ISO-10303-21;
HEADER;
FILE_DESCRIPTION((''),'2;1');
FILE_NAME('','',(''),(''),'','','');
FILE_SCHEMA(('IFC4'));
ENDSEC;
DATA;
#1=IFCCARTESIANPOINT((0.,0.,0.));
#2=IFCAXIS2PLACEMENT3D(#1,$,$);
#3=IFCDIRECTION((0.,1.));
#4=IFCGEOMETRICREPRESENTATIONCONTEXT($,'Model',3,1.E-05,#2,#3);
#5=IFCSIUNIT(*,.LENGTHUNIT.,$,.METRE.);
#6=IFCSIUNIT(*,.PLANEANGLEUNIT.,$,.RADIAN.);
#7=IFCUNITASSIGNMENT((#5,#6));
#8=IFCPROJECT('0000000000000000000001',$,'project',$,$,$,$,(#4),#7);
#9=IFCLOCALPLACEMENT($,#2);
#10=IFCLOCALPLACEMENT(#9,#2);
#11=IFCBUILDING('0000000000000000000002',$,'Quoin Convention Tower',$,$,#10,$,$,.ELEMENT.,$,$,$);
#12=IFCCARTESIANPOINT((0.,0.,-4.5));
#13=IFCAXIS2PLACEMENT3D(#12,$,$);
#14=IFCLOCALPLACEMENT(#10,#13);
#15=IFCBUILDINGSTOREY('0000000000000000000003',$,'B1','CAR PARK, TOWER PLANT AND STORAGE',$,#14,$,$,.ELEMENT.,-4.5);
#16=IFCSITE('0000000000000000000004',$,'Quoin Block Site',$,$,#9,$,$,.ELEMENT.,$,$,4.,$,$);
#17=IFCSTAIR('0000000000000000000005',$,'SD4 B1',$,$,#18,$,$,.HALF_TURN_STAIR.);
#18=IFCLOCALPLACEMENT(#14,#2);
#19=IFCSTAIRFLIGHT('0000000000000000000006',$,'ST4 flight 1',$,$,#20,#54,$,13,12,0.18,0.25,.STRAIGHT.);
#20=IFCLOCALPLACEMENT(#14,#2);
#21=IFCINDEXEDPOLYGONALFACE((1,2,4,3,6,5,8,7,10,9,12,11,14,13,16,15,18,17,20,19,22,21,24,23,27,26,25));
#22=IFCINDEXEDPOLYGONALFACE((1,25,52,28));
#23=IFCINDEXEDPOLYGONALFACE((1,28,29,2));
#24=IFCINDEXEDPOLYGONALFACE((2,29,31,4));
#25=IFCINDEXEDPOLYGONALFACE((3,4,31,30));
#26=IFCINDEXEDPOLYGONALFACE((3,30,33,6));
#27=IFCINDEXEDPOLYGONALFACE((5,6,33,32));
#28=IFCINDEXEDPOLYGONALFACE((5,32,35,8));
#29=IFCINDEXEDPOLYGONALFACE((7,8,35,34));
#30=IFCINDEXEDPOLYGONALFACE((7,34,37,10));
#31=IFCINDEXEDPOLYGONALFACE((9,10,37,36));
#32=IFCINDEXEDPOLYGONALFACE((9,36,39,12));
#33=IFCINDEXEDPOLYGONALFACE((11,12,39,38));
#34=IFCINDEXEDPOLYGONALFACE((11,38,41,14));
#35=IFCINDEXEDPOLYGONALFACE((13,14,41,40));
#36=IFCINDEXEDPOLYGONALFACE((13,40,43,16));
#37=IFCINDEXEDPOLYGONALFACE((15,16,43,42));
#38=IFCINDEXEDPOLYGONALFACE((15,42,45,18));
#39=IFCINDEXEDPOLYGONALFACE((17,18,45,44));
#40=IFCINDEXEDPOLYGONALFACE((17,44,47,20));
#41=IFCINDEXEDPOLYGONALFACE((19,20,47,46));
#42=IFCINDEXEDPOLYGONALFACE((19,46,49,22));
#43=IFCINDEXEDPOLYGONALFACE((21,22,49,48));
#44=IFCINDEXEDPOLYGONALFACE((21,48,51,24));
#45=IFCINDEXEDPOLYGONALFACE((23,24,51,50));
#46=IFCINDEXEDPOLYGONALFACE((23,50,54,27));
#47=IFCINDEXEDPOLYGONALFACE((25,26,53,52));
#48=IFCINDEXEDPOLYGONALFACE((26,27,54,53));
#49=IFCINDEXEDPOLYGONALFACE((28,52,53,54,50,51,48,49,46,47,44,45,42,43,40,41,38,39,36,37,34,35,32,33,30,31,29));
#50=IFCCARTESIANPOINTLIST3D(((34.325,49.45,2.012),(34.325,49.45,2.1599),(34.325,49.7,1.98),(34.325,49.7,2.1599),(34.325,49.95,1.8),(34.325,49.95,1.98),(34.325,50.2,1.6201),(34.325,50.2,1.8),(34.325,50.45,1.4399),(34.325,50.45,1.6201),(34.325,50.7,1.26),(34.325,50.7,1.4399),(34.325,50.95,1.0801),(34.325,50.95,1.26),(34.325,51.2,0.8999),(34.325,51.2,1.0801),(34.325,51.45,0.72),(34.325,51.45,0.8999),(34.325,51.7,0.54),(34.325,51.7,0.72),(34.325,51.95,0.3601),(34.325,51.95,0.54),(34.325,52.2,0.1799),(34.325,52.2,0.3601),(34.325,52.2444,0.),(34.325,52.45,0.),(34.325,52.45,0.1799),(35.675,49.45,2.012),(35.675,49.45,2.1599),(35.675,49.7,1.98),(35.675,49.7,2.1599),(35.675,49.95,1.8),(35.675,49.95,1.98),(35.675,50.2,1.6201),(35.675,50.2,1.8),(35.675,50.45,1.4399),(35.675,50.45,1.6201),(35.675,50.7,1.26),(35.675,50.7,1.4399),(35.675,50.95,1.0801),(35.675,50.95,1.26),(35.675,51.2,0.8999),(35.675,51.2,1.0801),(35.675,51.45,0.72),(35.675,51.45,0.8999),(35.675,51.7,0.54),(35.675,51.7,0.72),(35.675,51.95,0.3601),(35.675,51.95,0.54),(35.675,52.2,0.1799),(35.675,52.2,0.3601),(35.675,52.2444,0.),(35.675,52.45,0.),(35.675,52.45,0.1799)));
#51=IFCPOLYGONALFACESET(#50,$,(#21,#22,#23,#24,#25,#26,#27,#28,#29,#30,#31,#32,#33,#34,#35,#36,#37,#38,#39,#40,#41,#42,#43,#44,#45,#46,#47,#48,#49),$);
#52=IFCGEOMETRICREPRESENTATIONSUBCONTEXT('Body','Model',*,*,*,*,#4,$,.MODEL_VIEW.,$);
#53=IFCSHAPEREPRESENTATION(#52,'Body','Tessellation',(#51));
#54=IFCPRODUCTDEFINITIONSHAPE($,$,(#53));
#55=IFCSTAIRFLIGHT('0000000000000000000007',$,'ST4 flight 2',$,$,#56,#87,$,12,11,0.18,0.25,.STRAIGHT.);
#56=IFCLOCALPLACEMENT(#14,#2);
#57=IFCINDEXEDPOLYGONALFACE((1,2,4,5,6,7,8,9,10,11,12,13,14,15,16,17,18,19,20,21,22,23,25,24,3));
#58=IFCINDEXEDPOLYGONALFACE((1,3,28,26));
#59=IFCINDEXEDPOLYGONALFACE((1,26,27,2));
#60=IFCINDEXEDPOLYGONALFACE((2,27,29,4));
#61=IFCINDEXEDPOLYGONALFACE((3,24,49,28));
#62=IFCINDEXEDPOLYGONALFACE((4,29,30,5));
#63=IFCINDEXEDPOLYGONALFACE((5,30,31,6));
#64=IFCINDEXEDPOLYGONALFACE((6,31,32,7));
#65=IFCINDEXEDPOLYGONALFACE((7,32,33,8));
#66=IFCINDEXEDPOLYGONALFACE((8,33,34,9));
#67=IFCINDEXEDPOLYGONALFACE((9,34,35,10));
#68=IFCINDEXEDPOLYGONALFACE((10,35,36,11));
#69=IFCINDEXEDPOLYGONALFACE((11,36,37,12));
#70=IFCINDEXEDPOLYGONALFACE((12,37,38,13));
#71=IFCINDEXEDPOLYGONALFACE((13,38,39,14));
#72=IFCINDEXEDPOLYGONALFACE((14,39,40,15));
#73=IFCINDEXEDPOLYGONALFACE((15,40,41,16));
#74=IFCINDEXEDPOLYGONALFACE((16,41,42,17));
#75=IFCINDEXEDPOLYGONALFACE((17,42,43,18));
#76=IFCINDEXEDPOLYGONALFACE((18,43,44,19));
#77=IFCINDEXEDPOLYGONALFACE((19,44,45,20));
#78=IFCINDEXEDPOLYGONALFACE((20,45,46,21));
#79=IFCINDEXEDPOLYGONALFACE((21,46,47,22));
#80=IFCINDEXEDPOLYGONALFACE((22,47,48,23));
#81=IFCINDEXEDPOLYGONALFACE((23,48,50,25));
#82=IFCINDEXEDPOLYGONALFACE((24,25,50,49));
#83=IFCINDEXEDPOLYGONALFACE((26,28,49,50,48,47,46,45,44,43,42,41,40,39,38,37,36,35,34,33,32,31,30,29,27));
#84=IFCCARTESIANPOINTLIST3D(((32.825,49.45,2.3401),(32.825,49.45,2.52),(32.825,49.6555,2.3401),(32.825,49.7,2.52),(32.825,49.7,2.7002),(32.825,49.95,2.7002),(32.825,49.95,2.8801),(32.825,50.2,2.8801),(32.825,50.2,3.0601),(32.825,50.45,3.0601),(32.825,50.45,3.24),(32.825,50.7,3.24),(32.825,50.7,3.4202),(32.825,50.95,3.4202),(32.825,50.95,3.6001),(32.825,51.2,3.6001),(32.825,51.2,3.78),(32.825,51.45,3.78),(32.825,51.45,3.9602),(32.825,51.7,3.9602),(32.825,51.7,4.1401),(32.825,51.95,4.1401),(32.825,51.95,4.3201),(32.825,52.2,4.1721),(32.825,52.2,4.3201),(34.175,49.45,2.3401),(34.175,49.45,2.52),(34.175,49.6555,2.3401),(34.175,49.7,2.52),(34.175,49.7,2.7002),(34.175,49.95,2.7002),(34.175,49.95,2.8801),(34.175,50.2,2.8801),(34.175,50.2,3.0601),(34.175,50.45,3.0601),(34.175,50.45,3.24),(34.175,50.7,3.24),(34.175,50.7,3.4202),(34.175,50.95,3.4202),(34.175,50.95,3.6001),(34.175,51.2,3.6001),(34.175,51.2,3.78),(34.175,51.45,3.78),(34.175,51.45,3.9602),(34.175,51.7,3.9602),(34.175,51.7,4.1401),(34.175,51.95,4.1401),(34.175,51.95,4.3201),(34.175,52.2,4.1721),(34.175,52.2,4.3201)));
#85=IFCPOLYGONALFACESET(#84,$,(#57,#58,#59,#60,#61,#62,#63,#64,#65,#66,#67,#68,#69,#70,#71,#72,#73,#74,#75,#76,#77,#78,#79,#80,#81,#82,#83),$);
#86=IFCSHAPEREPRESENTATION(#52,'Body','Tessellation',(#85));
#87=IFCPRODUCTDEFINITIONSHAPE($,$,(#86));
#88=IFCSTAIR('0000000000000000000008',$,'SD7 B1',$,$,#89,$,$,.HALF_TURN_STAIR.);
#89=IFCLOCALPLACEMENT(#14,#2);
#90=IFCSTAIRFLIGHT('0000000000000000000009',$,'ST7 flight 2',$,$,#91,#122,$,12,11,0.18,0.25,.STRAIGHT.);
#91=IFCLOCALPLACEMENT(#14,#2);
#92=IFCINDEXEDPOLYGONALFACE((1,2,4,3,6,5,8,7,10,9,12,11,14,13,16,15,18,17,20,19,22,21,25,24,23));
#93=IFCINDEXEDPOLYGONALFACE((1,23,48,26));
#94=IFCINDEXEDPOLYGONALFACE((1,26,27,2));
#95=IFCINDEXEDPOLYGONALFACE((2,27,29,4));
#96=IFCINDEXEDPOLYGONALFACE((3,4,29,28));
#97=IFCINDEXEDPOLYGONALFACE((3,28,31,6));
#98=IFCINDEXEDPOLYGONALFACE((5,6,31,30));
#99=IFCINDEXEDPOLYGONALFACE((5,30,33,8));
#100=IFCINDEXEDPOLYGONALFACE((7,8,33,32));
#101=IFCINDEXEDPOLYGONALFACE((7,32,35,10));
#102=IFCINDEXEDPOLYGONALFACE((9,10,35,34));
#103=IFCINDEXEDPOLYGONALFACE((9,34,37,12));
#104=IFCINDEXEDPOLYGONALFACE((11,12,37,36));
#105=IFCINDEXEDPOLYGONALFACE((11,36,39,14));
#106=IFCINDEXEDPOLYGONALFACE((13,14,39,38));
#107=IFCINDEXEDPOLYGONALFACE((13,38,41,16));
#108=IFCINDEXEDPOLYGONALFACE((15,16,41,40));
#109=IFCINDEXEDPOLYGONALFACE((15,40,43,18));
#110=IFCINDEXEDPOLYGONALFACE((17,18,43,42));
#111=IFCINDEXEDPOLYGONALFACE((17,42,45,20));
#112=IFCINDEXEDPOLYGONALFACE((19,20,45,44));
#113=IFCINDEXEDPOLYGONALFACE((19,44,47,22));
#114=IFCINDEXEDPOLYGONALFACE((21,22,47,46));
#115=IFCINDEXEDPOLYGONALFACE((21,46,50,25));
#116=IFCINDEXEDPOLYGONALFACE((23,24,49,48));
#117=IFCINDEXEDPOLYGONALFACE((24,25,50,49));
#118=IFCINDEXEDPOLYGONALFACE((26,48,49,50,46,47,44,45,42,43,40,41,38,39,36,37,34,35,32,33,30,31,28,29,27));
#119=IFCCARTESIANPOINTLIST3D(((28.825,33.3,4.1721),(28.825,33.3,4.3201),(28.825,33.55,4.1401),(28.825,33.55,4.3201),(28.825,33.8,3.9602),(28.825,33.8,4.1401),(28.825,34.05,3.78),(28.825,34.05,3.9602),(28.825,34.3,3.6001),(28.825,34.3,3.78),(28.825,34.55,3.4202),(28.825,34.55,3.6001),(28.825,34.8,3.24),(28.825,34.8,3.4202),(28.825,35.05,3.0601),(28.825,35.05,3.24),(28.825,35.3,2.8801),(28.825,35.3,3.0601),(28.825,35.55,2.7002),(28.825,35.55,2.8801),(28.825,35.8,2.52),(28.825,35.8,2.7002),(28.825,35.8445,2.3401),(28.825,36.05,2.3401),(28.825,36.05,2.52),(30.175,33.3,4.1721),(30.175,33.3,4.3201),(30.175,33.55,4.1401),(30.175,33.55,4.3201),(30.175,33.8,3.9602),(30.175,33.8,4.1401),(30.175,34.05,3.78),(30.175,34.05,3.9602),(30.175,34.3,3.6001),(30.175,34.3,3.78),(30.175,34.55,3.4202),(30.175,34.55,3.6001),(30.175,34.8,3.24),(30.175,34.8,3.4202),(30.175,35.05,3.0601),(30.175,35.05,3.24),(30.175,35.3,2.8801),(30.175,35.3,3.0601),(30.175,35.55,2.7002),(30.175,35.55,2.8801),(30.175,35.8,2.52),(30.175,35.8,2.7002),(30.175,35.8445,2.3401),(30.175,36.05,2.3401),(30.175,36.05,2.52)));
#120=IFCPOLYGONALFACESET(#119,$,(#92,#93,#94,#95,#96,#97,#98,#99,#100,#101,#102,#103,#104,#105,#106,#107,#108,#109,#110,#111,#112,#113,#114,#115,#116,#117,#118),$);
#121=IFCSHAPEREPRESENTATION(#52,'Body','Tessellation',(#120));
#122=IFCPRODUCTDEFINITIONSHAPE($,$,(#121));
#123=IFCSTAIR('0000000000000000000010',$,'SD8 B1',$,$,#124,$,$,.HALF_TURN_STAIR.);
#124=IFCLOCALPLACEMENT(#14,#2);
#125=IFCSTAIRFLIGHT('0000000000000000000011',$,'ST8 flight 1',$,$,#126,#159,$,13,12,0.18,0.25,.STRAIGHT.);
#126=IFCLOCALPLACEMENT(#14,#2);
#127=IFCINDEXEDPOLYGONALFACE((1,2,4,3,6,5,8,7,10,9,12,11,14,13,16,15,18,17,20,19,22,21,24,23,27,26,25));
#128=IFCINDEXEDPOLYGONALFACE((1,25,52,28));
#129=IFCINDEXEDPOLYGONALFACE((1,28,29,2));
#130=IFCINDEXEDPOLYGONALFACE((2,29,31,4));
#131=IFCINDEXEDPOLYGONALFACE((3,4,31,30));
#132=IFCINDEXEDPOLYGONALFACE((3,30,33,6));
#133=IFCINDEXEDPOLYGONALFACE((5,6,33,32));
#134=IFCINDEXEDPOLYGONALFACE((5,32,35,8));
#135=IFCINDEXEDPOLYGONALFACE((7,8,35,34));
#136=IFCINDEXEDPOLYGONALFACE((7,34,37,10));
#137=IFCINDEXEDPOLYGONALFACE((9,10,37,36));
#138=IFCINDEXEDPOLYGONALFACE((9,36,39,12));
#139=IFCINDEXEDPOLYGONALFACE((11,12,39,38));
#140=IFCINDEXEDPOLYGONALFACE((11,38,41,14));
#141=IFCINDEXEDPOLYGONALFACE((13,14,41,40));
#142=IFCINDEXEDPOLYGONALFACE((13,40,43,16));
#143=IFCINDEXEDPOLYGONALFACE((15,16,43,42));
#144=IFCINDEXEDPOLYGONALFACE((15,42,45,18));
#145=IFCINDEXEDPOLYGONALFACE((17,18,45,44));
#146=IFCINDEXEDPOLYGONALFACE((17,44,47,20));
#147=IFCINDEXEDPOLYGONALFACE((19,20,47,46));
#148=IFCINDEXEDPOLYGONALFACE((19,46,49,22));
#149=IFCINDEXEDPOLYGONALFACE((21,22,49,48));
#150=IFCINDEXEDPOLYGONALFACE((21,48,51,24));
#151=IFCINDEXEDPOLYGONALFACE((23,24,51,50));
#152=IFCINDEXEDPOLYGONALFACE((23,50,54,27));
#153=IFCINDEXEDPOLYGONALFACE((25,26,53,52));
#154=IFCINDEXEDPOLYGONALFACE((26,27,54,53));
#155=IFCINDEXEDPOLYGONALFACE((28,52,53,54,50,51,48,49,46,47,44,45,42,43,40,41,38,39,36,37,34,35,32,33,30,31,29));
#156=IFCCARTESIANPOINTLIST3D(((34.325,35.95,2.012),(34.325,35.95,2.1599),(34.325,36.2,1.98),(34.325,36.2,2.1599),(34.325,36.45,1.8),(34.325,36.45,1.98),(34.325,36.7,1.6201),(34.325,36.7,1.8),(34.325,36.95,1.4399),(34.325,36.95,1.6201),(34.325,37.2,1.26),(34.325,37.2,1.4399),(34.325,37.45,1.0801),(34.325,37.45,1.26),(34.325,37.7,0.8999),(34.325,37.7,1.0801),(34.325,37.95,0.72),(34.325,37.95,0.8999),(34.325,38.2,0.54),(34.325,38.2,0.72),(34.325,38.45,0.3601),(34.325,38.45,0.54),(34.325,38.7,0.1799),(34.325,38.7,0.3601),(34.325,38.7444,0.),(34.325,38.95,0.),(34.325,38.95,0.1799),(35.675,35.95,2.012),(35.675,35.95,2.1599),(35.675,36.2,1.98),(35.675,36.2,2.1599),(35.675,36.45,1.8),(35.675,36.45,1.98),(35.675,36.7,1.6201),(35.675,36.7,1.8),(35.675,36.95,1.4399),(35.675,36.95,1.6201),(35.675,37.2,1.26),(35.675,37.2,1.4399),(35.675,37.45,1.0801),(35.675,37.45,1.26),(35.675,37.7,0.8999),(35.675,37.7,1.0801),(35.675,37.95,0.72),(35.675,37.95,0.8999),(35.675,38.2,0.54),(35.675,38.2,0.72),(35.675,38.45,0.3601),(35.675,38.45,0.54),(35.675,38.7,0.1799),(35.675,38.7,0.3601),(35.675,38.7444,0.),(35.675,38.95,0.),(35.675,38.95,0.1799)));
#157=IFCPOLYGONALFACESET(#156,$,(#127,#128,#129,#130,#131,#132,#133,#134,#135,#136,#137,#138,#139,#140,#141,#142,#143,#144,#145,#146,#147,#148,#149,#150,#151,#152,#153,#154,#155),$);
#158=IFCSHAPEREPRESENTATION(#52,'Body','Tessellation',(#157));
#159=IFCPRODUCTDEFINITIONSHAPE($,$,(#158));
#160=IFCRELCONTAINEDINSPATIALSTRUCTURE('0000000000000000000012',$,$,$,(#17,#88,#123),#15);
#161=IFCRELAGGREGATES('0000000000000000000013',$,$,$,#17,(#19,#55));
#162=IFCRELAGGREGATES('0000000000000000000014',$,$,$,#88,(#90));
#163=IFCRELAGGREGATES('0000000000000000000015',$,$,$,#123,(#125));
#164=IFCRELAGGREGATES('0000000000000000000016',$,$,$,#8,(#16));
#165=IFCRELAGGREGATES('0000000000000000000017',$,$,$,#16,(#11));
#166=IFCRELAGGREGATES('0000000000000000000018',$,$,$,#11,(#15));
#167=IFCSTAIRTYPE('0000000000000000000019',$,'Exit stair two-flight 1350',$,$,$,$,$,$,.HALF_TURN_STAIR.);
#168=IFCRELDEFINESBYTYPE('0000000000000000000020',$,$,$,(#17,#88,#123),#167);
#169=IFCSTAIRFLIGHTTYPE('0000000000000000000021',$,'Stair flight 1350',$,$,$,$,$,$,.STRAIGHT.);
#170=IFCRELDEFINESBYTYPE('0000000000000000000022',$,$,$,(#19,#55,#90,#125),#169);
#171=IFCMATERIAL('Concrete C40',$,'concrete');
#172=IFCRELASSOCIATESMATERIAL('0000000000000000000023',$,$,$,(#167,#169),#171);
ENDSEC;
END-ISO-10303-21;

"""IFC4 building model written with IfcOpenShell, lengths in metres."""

from ifc_helpers import new_model, si_unit, direction, frame, origin, place, context, subcontext, project, spatial, polyline, outline, extrude, material, type_object, element, aggregate, save


model = new_model("IFC4")

# Units and contexts
model_context = context("Model", 3, precision=1e-05, world=origin(), true_north=direction((0.0, 1.0)))
body_context = subcontext(model_context, "Body", "Model", "MODEL_VIEW")
ifc_project = project(units=[si_unit("LENGTHUNIT", "METRE"), si_unit("PLANEANGLEUNIT", "RADIAN")], contexts=[model_context])

# Site, building, storey
site_placement = place(None, origin())
site = spatial("IfcSite", under=ifc_project, at=site_placement, Name="Quoin Block Site", CompositionType="ELEMENT", RefElevation=4.0)
building_placement = place(site_placement, origin())
building = spatial("IfcBuilding", under=site, at=building_placement, Name="Quoin Convention Tower", CompositionType="ELEMENT")
storey_placement = place(building_placement, frame((0.0, 0.0, -4.5)))
storey = spatial("IfcBuildingStorey", under=building, at=storey_placement, Name="B1", Description="CAR PARK, TOWER PLANT AND STORAGE", CompositionType="ELEMENT", Elevation=-4.5)

# Stair, stair flights
ifc_material_1 = material(Name="Concrete C40", Category="concrete")
stair_type = type_object("IfcStairType", Name="Exit stair two-flight 1350", PredefinedType="HALF_TURN_STAIR", material=ifc_material_1)
stair_flight_type = type_object("IfcStairFlightType", Name="Stair flight 1350", PredefinedType="STRAIGHT", material=ifc_material_1)
stair_1_placement = place(storey_placement, origin())
stair_1 = element("IfcStair", 1, at=stair_1_placement, inside=storey, type_object=stair_type, Name="SD4 B1", PredefinedType="HALF_TURN_STAIR")
stair_flight_1_placement = place(storey_placement, frame((35.0, 52.45, 0.0), z_axis=(0.0, 0.0, 1.0), x_axis=(0.0, -1.0, 0.0)))
stair_flight_1 = element("IfcStairFlight", 2, at=stair_flight_1_placement, type_object=stair_flight_type, Name="ST4 flight 1", NumberOfRisers=13, NumberOfTreads=12, PredefinedType="STRAIGHT", RiserHeight=0.18, TreadLength=0.25, context=body_context, shape_type="SweptSolid", body=[
    extrude(outline(polyline([(0.0, 0.0), (0.0, 0.1799), (0.25, 0.1799), (0.25, 0.3601), (0.5, 0.3601), (0.5, 0.54), (0.75, 0.54), (0.75, 0.72), (1.0, 0.72), (1.0, 0.8999), (1.25, 0.8999), (1.25, 1.0801), (1.5, 1.0801), (1.5, 1.26), (1.75, 1.26), (1.75, 1.4399), (2.0, 1.4399), (2.0, 1.6201), (2.25, 1.6201), (2.25, 1.8), (2.5, 1.8), (2.5, 1.98), (2.75, 1.98), (2.75, 2.1599), (3.0, 2.1599), (3.0, 2.3401), (3.0, 2.012), (0.2056, 0.0), (0.0, 0.0)])), frame((0.0, 0.675, 0.0), z_axis=(0.0, -1.0, 0.0), x_axis=(1.0, 0.0, 0.0)), (0.0, 0.0, 1.0), 1.3501),
])
stair_flight_2_placement = place(storey_placement, frame((33.5, 49.45, 2.3401), z_axis=(0.0, 0.0, 1.0), x_axis=(0.0, 1.0, 0.0)))
stair_flight_2 = element("IfcStairFlight", 3, at=stair_flight_2_placement, type_object=stair_flight_type, Name="ST4 flight 2", NumberOfRisers=12, NumberOfTreads=11, PredefinedType="STRAIGHT", RiserHeight=0.18, TreadLength=0.25, context=body_context, shape_type="SweptSolid", body=[
    extrude(outline(polyline([(0.0, 0.0), (0.0, 0.1799), (0.25, 0.1799), (0.25, 0.3601), (0.5, 0.3601), (0.5, 0.54), (0.75, 0.54), (0.75, 0.72), (1.0, 0.72), (1.0, 0.8999), (1.25, 0.8999), (1.25, 1.0801), (1.5, 1.0801), (1.5, 1.26), (1.75, 1.26), (1.75, 1.4399), (2.0, 1.4399), (2.0, 1.6201), (2.25, 1.6201), (2.25, 1.8), (2.5, 1.8), (2.5, 1.98), (2.75, 1.98), (2.75, 2.1599), (2.75, 1.832), (0.2056, 0.0), (0.0, 0.0)])), frame((0.0, 0.675, 0.0), z_axis=(0.0, -1.0, 0.0), x_axis=(1.0, 0.0, 0.0)), (0.0, 0.0, 1.0), 1.3501),
])
aggregate(stair_1, [stair_flight_1, stair_flight_2])

# Stair, stair flight
stair_2_placement = place(storey_placement, origin())
stair_2 = element("IfcStair", 4, at=stair_2_placement, inside=storey, type_object=stair_type, Name="SD7 B1", PredefinedType="HALF_TURN_STAIR")
stair_flight_3_placement = place(storey_placement, frame((29.5, 36.05, 2.3401), z_axis=(0.0, 0.0, 1.0), x_axis=(0.0, -1.0, 0.0)))
stair_flight_3 = element("IfcStairFlight", 5, at=stair_flight_3_placement, type_object=stair_flight_type, Name="ST7 flight 2", NumberOfRisers=12, NumberOfTreads=11, PredefinedType="STRAIGHT", RiserHeight=0.18, TreadLength=0.25, context=body_context, shape_type="SweptSolid", body=[
    extrude(outline(polyline([(0.0, 0.0), (0.0, 0.1799), (0.25, 0.1799), (0.25, 0.3601), (0.5, 0.3601), (0.5, 0.54), (0.75, 0.54), (0.75, 0.72), (1.0, 0.72), (1.0, 0.8999), (1.25, 0.8999), (1.25, 1.0801), (1.5, 1.0801), (1.5, 1.26), (1.75, 1.26), (1.75, 1.4399), (2.0, 1.4399), (2.0, 1.6201), (2.25, 1.6201), (2.25, 1.8), (2.5, 1.8), (2.5, 1.98), (2.75, 1.98), (2.75, 2.1599), (2.75, 1.832), (0.2056, 0.0), (0.0, 0.0)])), frame((0.0, 0.675, 0.0), z_axis=(0.0, -1.0, 0.0), x_axis=(1.0, 0.0, 0.0)), (0.0, 0.0, 1.0), 1.3501),
])
aggregate(stair_2, [stair_flight_3])

# Stair, stair flight
stair_3_placement = place(storey_placement, origin())
stair_3 = element("IfcStair", 6, at=stair_3_placement, inside=storey, type_object=stair_type, Name="SD8 B1", PredefinedType="HALF_TURN_STAIR")
stair_flight_4_placement = place(storey_placement, frame((35.0, 38.95, 0.0), z_axis=(0.0, 0.0, 1.0), x_axis=(0.0, -1.0, 0.0)))
stair_flight_4 = element("IfcStairFlight", 7, at=stair_flight_4_placement, type_object=stair_flight_type, Name="ST8 flight 1", NumberOfRisers=13, NumberOfTreads=12, PredefinedType="STRAIGHT", RiserHeight=0.18, TreadLength=0.25, context=body_context, shape_type="SweptSolid", body=[
    extrude(outline(polyline([(0.0, 0.0), (0.0, 0.1799), (0.25, 0.1799), (0.25, 0.3601), (0.5, 0.3601), (0.5, 0.54), (0.75, 0.54), (0.75, 0.72), (1.0, 0.72), (1.0, 0.8999), (1.25, 0.8999), (1.25, 1.0801), (1.5, 1.0801), (1.5, 1.26), (1.75, 1.26), (1.75, 1.4399), (2.0, 1.4399), (2.0, 1.6201), (2.25, 1.6201), (2.25, 1.8), (2.5, 1.8), (2.5, 1.98), (2.75, 1.98), (2.75, 2.1599), (3.0, 2.1599), (3.0, 2.3401), (3.0, 2.012), (0.2056, 0.0), (0.0, 0.0)])), frame((0.0, 0.675, 0.0), z_axis=(0.0, -1.0, 0.0), x_axis=(1.0, 0.0, 0.0)), (0.0, 0.0, 1.0), 1.3501),
])
aggregate(stair_3, [stair_flight_4])

save(model, "model.ifc")
